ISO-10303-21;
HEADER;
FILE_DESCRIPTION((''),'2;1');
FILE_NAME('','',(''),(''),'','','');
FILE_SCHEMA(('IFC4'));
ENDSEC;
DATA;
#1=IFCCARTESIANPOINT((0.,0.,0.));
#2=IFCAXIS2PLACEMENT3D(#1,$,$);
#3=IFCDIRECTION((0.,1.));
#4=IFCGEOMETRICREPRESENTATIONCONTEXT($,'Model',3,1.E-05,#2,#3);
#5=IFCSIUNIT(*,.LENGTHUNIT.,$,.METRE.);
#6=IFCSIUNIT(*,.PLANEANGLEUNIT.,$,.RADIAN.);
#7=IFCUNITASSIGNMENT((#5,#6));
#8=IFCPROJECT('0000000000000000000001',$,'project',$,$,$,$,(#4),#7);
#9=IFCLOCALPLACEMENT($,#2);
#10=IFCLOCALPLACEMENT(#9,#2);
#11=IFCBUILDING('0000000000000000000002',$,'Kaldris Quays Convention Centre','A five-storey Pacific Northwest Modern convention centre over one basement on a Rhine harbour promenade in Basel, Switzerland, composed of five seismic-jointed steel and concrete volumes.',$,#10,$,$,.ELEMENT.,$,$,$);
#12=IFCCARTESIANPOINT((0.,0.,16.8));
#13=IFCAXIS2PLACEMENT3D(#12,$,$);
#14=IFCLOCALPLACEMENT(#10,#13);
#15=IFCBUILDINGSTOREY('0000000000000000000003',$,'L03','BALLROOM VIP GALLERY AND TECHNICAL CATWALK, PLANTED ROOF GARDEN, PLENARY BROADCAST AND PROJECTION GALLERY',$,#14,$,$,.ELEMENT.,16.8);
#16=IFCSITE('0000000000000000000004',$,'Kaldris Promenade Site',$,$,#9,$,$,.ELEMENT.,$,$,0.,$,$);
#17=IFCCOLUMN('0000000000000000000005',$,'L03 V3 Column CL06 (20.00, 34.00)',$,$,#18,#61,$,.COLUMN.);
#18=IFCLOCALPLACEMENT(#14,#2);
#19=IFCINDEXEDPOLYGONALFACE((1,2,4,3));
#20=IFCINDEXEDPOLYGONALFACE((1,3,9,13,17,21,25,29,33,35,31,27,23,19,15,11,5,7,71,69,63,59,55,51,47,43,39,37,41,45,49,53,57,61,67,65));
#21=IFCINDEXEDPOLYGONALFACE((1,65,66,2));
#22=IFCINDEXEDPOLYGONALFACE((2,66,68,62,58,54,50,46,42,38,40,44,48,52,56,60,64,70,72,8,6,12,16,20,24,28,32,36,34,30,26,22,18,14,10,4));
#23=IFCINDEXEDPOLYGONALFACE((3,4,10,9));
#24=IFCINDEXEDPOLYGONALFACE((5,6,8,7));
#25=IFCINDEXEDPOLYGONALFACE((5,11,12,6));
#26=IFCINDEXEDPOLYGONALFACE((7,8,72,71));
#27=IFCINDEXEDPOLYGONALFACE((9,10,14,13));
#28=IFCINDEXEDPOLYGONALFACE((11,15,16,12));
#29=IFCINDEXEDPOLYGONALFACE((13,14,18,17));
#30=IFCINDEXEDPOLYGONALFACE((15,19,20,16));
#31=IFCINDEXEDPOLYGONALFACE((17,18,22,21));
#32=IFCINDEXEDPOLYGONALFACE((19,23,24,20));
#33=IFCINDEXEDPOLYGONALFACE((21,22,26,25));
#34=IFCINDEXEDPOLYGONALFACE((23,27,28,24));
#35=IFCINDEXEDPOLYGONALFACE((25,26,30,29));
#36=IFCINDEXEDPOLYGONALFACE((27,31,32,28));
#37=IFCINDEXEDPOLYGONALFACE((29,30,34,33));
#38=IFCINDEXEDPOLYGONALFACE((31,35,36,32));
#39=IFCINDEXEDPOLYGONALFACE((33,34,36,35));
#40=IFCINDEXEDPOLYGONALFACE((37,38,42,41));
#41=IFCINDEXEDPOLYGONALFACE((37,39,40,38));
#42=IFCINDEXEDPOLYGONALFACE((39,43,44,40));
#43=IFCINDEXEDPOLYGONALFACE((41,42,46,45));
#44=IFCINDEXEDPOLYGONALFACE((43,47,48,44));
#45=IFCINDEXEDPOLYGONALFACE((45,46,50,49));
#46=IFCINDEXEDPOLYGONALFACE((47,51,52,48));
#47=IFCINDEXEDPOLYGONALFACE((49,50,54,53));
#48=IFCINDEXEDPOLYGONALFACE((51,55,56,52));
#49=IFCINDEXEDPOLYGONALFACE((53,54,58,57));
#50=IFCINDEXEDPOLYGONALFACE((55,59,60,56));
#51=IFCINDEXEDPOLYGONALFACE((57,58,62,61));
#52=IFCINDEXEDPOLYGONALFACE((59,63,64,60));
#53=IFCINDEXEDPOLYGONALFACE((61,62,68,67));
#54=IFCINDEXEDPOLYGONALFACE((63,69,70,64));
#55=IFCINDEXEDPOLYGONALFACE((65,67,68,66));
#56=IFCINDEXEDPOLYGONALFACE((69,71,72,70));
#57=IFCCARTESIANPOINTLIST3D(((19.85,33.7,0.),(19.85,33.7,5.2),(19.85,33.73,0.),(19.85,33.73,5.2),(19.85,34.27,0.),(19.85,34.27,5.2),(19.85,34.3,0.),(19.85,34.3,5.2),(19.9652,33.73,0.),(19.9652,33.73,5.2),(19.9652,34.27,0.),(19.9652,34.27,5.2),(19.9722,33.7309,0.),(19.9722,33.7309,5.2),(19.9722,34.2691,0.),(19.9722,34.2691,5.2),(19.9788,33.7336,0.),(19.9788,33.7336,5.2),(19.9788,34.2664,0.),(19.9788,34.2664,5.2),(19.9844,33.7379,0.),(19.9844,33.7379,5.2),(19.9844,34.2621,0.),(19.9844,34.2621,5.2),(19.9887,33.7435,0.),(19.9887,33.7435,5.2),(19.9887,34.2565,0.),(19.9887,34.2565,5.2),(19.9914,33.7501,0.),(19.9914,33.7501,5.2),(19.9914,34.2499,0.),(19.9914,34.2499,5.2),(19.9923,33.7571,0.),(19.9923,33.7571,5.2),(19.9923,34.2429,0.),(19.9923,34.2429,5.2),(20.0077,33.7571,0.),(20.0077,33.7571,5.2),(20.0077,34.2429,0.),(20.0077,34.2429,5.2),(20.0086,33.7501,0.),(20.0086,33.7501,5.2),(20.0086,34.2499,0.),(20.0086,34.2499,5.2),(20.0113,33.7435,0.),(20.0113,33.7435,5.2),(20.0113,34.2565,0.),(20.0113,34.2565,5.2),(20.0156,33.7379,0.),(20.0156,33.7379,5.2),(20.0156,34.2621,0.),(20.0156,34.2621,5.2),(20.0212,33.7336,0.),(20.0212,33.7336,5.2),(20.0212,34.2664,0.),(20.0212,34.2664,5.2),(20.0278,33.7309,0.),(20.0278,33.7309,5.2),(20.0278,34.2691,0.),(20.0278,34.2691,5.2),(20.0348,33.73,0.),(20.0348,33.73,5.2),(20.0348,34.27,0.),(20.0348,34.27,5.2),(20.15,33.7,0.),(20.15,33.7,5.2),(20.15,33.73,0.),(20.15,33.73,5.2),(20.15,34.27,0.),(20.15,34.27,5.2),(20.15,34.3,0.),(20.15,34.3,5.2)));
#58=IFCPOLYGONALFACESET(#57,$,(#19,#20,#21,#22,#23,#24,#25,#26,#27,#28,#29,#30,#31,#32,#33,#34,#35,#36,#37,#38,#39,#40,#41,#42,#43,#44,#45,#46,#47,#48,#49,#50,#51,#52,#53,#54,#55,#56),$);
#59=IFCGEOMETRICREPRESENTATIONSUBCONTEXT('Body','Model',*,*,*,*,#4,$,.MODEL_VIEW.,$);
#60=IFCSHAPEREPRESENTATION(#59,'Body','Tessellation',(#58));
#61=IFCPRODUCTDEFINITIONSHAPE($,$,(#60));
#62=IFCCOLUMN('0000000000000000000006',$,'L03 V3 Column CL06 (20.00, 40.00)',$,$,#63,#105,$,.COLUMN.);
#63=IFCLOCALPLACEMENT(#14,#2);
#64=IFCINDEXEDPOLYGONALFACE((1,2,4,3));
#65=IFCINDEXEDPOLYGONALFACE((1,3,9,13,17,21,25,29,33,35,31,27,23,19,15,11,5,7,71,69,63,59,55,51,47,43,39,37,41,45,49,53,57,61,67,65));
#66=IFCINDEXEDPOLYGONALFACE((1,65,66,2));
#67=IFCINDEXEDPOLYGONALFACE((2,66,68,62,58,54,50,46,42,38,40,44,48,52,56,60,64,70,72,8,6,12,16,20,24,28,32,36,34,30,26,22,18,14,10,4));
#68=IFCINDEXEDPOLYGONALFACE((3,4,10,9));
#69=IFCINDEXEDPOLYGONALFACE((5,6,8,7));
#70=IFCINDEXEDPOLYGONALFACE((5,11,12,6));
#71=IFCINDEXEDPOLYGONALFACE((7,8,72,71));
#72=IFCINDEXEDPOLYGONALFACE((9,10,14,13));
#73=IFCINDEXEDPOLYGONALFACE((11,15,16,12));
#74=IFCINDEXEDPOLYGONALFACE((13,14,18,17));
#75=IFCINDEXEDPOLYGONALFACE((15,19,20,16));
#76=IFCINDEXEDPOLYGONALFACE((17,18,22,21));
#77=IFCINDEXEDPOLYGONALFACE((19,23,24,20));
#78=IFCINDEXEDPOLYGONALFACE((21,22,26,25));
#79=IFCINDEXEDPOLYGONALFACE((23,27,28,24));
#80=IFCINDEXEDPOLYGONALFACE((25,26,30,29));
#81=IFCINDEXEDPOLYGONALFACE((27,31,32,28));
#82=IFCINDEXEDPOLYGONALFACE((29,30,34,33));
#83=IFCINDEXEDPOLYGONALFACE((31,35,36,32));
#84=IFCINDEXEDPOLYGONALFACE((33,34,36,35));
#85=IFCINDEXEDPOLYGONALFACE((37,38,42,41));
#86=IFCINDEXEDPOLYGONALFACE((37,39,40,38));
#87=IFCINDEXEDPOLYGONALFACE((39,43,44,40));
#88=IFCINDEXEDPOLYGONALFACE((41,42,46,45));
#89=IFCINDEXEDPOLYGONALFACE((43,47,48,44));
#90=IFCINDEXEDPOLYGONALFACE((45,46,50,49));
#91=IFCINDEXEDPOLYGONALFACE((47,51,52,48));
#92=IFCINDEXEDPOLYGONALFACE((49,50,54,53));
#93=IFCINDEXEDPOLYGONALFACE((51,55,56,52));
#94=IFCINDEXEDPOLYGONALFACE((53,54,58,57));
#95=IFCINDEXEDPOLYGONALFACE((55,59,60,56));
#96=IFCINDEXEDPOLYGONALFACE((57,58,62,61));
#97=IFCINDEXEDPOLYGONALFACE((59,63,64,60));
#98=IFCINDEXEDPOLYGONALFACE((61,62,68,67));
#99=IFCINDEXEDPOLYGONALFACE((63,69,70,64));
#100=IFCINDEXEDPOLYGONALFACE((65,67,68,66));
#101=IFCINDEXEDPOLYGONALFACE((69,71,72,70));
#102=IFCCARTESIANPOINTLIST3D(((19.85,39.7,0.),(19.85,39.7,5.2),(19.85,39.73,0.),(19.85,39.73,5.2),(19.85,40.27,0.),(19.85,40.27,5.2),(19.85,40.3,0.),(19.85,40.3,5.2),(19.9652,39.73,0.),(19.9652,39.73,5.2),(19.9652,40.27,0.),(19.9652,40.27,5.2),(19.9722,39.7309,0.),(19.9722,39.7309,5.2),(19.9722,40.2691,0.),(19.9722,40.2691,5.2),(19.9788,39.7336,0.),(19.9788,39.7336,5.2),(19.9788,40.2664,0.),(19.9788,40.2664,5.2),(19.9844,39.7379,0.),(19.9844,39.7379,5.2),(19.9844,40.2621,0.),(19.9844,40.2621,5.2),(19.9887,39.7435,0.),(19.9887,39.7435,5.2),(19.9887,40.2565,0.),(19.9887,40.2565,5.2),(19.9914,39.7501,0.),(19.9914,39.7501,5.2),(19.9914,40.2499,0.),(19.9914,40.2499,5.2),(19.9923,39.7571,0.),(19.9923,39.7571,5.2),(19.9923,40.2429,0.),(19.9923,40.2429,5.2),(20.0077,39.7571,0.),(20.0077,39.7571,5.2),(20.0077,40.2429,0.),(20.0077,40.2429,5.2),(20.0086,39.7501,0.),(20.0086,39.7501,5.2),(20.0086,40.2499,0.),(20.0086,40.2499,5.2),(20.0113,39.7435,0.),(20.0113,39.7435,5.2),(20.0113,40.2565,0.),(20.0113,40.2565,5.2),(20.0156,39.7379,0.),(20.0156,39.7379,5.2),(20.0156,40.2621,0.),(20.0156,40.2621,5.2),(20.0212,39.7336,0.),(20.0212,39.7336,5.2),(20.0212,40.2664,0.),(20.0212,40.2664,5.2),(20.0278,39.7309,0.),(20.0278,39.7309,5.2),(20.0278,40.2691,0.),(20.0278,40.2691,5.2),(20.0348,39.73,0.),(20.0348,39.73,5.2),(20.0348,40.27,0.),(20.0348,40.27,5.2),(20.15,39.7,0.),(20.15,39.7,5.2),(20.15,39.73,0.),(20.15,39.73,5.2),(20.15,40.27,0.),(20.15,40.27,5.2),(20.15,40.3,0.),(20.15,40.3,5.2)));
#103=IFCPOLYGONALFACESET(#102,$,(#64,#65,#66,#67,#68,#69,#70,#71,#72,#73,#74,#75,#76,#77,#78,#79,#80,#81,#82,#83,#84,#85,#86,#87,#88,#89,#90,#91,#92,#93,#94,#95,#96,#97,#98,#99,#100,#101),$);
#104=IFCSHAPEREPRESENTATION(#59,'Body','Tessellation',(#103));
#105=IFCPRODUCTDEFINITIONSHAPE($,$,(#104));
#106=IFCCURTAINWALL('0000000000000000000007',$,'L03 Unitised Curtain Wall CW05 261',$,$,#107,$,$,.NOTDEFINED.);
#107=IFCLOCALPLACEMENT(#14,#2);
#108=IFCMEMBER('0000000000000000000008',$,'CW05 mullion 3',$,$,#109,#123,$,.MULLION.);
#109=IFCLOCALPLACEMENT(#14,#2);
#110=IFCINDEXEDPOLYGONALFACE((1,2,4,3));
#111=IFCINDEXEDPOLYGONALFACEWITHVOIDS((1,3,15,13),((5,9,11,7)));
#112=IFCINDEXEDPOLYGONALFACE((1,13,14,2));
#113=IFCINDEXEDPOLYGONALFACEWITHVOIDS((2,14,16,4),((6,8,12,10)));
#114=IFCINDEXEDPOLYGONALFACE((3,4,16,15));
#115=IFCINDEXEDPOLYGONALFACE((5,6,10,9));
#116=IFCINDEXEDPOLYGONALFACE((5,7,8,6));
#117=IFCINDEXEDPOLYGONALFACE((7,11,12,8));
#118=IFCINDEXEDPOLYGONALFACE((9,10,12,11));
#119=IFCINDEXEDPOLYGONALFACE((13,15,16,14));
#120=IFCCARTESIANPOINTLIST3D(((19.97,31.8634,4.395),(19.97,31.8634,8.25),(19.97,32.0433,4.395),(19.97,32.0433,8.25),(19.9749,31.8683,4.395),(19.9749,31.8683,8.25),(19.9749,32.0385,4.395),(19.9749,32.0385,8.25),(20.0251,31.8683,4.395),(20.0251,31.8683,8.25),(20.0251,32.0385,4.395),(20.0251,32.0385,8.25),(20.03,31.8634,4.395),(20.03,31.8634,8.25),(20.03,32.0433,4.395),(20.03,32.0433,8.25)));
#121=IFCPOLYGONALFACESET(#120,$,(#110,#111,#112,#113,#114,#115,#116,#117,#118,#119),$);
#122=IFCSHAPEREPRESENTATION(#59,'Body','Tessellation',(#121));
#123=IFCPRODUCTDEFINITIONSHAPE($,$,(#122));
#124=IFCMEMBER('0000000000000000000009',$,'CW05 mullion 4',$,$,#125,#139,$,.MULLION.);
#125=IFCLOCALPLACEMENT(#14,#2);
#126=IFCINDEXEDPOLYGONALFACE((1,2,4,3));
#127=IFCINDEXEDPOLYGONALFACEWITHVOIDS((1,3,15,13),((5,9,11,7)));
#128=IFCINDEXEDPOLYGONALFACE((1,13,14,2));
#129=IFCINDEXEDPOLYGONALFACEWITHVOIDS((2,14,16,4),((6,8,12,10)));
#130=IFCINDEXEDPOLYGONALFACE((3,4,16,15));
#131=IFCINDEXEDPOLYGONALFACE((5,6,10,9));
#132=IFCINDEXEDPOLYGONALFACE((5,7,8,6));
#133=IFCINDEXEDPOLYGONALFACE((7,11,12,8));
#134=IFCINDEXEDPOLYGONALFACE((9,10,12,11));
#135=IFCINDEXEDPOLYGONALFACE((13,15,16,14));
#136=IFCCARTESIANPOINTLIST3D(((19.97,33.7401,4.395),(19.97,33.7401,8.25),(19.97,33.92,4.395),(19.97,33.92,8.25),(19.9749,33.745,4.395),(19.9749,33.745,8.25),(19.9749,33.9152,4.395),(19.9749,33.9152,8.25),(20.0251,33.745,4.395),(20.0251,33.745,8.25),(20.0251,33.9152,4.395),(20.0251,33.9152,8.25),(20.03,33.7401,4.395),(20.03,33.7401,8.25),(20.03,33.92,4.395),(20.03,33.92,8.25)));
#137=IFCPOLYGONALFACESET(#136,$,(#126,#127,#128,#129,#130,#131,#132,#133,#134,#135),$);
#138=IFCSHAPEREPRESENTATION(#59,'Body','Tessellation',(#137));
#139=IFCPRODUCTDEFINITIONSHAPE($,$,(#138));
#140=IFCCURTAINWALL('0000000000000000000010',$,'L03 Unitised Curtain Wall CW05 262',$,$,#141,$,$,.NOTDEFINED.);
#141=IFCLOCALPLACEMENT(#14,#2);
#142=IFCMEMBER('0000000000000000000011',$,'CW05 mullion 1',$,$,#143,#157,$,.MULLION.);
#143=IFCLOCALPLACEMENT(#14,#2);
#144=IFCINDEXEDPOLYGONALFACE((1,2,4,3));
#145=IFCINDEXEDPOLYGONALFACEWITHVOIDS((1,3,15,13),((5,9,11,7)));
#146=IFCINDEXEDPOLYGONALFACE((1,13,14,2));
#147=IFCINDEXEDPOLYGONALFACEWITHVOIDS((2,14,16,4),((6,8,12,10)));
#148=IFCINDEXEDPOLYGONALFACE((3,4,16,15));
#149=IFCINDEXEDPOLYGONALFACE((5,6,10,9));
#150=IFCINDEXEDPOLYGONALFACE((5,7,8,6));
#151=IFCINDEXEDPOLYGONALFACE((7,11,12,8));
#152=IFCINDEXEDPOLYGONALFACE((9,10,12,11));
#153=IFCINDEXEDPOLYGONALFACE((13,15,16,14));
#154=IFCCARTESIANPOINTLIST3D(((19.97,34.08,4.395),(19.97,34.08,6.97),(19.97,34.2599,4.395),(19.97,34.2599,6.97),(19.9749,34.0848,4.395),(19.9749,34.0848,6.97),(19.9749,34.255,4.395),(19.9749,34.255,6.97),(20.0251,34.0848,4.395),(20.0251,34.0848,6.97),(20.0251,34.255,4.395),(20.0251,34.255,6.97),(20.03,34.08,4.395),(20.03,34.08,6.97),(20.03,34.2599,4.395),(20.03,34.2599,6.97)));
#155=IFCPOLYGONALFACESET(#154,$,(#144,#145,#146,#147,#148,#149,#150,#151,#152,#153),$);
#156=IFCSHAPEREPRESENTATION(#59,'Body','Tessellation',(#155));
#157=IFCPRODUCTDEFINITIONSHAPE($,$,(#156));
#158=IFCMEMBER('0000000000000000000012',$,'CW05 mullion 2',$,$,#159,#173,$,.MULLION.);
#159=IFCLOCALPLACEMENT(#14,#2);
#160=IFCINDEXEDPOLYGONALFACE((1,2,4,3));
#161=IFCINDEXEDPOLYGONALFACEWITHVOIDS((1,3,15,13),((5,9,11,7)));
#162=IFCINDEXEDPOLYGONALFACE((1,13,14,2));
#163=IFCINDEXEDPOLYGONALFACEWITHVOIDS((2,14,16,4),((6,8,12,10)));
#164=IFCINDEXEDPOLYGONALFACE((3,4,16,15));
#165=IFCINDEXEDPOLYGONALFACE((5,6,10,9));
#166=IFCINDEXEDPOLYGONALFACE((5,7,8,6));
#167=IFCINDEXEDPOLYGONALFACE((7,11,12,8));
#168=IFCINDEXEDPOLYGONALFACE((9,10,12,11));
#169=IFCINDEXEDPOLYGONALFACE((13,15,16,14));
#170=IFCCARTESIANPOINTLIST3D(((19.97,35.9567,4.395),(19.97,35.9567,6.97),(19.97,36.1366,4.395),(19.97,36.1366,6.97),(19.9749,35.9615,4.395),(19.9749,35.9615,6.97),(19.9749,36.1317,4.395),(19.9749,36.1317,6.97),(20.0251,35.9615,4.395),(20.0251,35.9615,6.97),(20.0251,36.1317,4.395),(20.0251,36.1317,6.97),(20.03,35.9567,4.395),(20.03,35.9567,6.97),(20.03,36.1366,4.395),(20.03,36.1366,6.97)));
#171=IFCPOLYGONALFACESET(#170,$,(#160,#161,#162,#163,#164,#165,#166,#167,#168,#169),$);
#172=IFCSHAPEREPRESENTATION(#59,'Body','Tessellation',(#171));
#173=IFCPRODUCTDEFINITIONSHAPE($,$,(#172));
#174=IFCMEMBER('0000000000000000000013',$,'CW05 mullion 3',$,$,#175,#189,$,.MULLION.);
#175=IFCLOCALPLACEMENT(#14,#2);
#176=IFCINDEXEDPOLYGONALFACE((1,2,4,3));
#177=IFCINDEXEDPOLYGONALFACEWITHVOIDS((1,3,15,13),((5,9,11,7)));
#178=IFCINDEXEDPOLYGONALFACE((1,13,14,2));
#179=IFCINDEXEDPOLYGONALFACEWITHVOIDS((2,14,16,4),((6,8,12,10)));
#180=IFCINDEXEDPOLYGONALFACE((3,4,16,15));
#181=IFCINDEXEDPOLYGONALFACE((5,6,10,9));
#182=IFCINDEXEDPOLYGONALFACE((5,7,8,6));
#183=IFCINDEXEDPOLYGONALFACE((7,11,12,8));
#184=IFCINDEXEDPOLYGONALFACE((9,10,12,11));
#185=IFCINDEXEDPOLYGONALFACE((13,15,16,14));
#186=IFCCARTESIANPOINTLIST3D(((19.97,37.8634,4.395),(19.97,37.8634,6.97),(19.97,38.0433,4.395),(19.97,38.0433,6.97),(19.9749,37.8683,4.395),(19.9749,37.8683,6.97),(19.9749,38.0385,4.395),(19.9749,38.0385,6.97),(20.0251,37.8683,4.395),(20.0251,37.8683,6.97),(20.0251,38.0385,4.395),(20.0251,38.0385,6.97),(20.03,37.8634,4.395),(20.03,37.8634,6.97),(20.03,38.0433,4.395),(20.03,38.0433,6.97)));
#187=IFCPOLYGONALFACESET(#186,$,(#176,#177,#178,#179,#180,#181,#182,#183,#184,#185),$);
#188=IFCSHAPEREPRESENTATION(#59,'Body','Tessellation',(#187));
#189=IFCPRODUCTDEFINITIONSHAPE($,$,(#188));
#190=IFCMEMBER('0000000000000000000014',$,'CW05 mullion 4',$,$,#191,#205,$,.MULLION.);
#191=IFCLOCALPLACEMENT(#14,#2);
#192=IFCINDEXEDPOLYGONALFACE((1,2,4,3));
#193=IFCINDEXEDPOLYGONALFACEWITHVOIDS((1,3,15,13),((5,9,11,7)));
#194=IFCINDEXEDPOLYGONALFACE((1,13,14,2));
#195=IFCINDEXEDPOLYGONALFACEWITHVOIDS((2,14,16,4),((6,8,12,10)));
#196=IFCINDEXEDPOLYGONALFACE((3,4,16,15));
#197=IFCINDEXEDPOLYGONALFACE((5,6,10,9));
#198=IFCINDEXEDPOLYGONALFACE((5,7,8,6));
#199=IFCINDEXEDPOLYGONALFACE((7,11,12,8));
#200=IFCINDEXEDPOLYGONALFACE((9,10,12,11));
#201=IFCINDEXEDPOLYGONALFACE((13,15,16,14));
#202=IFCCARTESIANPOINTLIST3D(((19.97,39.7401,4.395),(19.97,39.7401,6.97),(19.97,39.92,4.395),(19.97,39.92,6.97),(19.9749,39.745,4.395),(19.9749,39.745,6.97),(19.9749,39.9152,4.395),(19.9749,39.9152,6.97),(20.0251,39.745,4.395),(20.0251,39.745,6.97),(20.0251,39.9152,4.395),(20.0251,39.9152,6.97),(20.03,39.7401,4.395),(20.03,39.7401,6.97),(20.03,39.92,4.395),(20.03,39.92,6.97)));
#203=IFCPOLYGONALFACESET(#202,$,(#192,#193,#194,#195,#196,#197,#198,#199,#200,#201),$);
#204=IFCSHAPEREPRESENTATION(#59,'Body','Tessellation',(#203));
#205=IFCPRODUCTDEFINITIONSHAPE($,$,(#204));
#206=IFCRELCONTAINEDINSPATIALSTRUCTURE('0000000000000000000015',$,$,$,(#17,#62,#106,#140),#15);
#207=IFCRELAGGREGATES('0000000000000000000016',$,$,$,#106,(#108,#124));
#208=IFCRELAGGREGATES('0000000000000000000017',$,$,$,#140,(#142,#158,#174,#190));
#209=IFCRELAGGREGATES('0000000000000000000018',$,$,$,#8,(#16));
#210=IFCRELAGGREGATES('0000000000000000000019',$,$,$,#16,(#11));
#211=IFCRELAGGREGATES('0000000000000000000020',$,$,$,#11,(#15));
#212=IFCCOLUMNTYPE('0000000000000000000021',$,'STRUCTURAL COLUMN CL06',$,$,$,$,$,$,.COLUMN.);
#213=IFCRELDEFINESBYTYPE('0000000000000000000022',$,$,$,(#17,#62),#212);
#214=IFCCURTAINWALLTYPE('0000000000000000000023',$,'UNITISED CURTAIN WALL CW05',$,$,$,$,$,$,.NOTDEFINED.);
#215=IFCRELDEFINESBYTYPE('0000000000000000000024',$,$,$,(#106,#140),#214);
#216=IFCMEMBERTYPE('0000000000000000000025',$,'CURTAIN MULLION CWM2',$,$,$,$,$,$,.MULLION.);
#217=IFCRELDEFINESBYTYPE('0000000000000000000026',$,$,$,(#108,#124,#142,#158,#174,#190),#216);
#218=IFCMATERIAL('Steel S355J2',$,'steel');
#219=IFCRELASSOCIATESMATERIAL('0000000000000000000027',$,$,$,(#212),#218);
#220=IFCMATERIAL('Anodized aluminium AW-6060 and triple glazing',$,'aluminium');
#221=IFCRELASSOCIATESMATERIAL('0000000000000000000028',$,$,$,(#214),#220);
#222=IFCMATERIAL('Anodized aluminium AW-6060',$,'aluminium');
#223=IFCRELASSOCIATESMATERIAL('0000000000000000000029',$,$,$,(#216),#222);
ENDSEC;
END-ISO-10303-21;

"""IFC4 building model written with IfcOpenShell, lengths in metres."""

from ifc_helpers import new_model, si_unit, direction, frame, origin, origin_2d, place, context, subcontext, project, spatial, hollow_rectangle, i_section, extrude, material, material_profile, profile_set, type_object, element, aggregate, save


model = new_model("IFC4")

# Units and contexts
model_context = context("Model", 3, precision=1e-05, world=origin(), true_north=direction((0.0, 1.0)))
body_context = subcontext(model_context, "Body", "Model", "MODEL_VIEW")
ifc_project = project(units=[si_unit("LENGTHUNIT", "METRE"), si_unit("PLANEANGLEUNIT", "RADIAN")], contexts=[model_context])

# Site, building, storey
site_placement = place(None, origin())
site = spatial("IfcSite", under=ifc_project, at=site_placement, Name="Kaldris Promenade Site", CompositionType="ELEMENT", RefElevation=0.0)
building_placement = place(site_placement, origin())
building = spatial("IfcBuilding", under=site, at=building_placement, Name="Kaldris Quays Convention Centre", Description="A five-storey Pacific Northwest Modern convention centre over one basement on a Rhine harbour promenade in Basel, Switzerland, composed of five seismic-jointed steel and concrete volumes.", CompositionType="ELEMENT")
storey_placement = place(building_placement, frame((0.0, 0.0, 16.8)))
storey = spatial("IfcBuildingStorey", under=building, at=storey_placement, Name="L03", Description="BALLROOM VIP GALLERY AND TECHNICAL CATWALK, PLANTED ROOF GARDEN, PLENARY BROADCAST AND PROJECTION GALLERY", CompositionType="ELEMENT", Elevation=16.8)

# Columns
ifc_material_1 = material(Name="Steel S355J2", Category="steel")
ifc_material_profile_1 = material_profile(ifc_material_1, i_section(OverallWidth=0.3, OverallDepth=0.6001, WebThickness=0.0154, FlangeThickness=0.03, FilletRadius=0.0271, at=origin_2d()), Name="HEB 600")
ifc_profile_set_1 = profile_set([ifc_material_profile_1], Name="Steel S355J2")
column_type = type_object("IfcColumnType", Name="STRUCTURAL COLUMN CL06", PredefinedType="COLUMN", material=ifc_profile_set_1)
for number, where, z_axis, x_axis, name in (
    (1, (20.0, 34.0, 0.0), (0.0, 0.0, 1.0), (1.0, 0.0, 0.0), "L03 V3 Column CL06 (20.00, 34.00)"),
    (2, (20.0, 40.0, 0.0), (0.0, 0.0, 1.0), (1.0, 0.0, 0.0), "L03 V3 Column CL06 (20.00, 40.00)"),
):
    element("IfcColumn", number, at=place(storey_placement, frame(where, z_axis=z_axis, x_axis=x_axis)), inside=storey, type_object=column_type, Name=name, PredefinedType="COLUMN", context=body_context, shape_type="SweptSolid", body=[
        extrude(i_section(OverallWidth=0.3, OverallDepth=0.6001, WebThickness=0.0154, FlangeThickness=0.03, FilletRadius=0.0271, at=origin_2d()), origin(), (0.0, 0.0, 1.0), 5.2),
    ])

# Curtain walls, members
ifc_material_2 = material(Name="Anodized aluminium AW-6060 and triple glazing", Category="aluminium")
curtain_wall_type = type_object("IfcCurtainWallType", Name="UNITISED CURTAIN WALL CW05", PredefinedType="NOTDEFINED", material=ifc_material_2)
curtain_wall_1_placement = place(storey_placement, origin())
curtain_wall_1 = element("IfcCurtainWall", 3, at=curtain_wall_1_placement, inside=storey, type_object=curtain_wall_type, Name="L03 Unitised Curtain Wall CW05 261", PredefinedType="NOTDEFINED")
ifc_material_3 = material(Name="Anodized aluminium AW-6060", Category="aluminium")
ifc_material_profile_2 = material_profile(ifc_material_3, hollow_rectangle(XDim=0.0601, YDim=0.1799, WallThickness=0.0049, at=origin_2d()), Name="RHS 180x60x5")
ifc_profile_set_2 = profile_set([ifc_material_profile_2], Name="Anodized aluminium AW-6060")
member_type_1 = type_object("IfcMemberType", Name="CURTAIN MULLION CWM2", PredefinedType="MULLION", material=ifc_profile_set_2)
member_1_placement = place(storey_placement, frame((20.0, 31.9534, 4.395), z_axis=(0.0, 0.0, 1.0), x_axis=(-1.0, 0.0, 0.0)))
member_1 = element("IfcMember", 4, at=member_1_placement, type_object=member_type_1, Name="CW05 mullion 3", PredefinedType="MULLION", context=body_context, shape_type="SweptSolid", body=[
    extrude(hollow_rectangle(XDim=0.0601, YDim=0.1799, WallThickness=0.0049, at=origin_2d()), origin(), (0.0, 0.0, 1.0), 3.855),
])
member_2_placement = place(storey_placement, frame((20.0, 33.8301, 4.395), z_axis=(0.0, 0.0, 1.0), x_axis=(-1.0, 0.0, 0.0)))
member_2 = element("IfcMember", 5, at=member_2_placement, type_object=member_type_1, Name="CW05 mullion 4", PredefinedType="MULLION", context=body_context, shape_type="SweptSolid", body=[
    extrude(hollow_rectangle(XDim=0.0601, YDim=0.1799, WallThickness=0.0049, at=origin_2d()), origin(), (0.0, 0.0, 1.0), 3.855),
])
curtain_wall_2_placement = place(storey_placement, origin())
curtain_wall_2 = element("IfcCurtainWall", 6, at=curtain_wall_2_placement, inside=storey, type_object=curtain_wall_type, Name="L03 Unitised Curtain Wall CW05 262", PredefinedType="NOTDEFINED")
member_3_placement = place(storey_placement, frame((20.0, 34.1699, 4.395), z_axis=(0.0, 0.0, 1.0), x_axis=(-1.0, 0.0, 0.0)))
member_3 = element("IfcMember", 7, at=member_3_placement, type_object=member_type_1, Name="CW05 mullion 1", PredefinedType="MULLION", context=body_context, shape_type="SweptSolid", body=[
    extrude(hollow_rectangle(XDim=0.0601, YDim=0.1799, WallThickness=0.0049, at=origin_2d()), origin(), (0.0, 0.0, 1.0), 2.575),
])
member_4_placement = place(storey_placement, frame((20.0, 36.0466, 4.395), z_axis=(0.0, 0.0, 1.0), x_axis=(-1.0, 0.0, 0.0)))
member_4 = element("IfcMember", 8, at=member_4_placement, type_object=member_type_1, Name="CW05 mullion 2", PredefinedType="MULLION", context=body_context, shape_type="SweptSolid", body=[
    extrude(hollow_rectangle(XDim=0.0601, YDim=0.1799, WallThickness=0.0049, at=origin_2d()), origin(), (0.0, 0.0, 1.0), 2.575),
])
member_5_placement = place(storey_placement, frame((20.0, 37.9534, 4.395), z_axis=(0.0, 0.0, 1.0), x_axis=(-1.0, 0.0, 0.0)))
member_5 = element("IfcMember", 9, at=member_5_placement, type_object=member_type_1, Name="CW05 mullion 3", PredefinedType="MULLION", context=body_context, shape_type="SweptSolid", body=[
    extrude(hollow_rectangle(XDim=0.0601, YDim=0.1799, WallThickness=0.0049, at=origin_2d()), origin(), (0.0, 0.0, 1.0), 2.575),
])
member_6_placement = place(storey_placement, frame((20.0, 39.8301, 4.395), z_axis=(0.0, 0.0, 1.0), x_axis=(-1.0, 0.0, 0.0)))
member_6 = element("IfcMember", 10, at=member_6_placement, type_object=member_type_1, Name="CW05 mullion 4", PredefinedType="MULLION", context=body_context, shape_type="SweptSolid", body=[
    extrude(hollow_rectangle(XDim=0.0601, YDim=0.1799, WallThickness=0.0049, at=origin_2d()), origin(), (0.0, 0.0, 1.0), 2.575),
])

aggregate(curtain_wall_1, [member_1, member_2])
aggregate(curtain_wall_2, [member_3, member_4, member_5, member_6])

save(model, "model.ifc")
